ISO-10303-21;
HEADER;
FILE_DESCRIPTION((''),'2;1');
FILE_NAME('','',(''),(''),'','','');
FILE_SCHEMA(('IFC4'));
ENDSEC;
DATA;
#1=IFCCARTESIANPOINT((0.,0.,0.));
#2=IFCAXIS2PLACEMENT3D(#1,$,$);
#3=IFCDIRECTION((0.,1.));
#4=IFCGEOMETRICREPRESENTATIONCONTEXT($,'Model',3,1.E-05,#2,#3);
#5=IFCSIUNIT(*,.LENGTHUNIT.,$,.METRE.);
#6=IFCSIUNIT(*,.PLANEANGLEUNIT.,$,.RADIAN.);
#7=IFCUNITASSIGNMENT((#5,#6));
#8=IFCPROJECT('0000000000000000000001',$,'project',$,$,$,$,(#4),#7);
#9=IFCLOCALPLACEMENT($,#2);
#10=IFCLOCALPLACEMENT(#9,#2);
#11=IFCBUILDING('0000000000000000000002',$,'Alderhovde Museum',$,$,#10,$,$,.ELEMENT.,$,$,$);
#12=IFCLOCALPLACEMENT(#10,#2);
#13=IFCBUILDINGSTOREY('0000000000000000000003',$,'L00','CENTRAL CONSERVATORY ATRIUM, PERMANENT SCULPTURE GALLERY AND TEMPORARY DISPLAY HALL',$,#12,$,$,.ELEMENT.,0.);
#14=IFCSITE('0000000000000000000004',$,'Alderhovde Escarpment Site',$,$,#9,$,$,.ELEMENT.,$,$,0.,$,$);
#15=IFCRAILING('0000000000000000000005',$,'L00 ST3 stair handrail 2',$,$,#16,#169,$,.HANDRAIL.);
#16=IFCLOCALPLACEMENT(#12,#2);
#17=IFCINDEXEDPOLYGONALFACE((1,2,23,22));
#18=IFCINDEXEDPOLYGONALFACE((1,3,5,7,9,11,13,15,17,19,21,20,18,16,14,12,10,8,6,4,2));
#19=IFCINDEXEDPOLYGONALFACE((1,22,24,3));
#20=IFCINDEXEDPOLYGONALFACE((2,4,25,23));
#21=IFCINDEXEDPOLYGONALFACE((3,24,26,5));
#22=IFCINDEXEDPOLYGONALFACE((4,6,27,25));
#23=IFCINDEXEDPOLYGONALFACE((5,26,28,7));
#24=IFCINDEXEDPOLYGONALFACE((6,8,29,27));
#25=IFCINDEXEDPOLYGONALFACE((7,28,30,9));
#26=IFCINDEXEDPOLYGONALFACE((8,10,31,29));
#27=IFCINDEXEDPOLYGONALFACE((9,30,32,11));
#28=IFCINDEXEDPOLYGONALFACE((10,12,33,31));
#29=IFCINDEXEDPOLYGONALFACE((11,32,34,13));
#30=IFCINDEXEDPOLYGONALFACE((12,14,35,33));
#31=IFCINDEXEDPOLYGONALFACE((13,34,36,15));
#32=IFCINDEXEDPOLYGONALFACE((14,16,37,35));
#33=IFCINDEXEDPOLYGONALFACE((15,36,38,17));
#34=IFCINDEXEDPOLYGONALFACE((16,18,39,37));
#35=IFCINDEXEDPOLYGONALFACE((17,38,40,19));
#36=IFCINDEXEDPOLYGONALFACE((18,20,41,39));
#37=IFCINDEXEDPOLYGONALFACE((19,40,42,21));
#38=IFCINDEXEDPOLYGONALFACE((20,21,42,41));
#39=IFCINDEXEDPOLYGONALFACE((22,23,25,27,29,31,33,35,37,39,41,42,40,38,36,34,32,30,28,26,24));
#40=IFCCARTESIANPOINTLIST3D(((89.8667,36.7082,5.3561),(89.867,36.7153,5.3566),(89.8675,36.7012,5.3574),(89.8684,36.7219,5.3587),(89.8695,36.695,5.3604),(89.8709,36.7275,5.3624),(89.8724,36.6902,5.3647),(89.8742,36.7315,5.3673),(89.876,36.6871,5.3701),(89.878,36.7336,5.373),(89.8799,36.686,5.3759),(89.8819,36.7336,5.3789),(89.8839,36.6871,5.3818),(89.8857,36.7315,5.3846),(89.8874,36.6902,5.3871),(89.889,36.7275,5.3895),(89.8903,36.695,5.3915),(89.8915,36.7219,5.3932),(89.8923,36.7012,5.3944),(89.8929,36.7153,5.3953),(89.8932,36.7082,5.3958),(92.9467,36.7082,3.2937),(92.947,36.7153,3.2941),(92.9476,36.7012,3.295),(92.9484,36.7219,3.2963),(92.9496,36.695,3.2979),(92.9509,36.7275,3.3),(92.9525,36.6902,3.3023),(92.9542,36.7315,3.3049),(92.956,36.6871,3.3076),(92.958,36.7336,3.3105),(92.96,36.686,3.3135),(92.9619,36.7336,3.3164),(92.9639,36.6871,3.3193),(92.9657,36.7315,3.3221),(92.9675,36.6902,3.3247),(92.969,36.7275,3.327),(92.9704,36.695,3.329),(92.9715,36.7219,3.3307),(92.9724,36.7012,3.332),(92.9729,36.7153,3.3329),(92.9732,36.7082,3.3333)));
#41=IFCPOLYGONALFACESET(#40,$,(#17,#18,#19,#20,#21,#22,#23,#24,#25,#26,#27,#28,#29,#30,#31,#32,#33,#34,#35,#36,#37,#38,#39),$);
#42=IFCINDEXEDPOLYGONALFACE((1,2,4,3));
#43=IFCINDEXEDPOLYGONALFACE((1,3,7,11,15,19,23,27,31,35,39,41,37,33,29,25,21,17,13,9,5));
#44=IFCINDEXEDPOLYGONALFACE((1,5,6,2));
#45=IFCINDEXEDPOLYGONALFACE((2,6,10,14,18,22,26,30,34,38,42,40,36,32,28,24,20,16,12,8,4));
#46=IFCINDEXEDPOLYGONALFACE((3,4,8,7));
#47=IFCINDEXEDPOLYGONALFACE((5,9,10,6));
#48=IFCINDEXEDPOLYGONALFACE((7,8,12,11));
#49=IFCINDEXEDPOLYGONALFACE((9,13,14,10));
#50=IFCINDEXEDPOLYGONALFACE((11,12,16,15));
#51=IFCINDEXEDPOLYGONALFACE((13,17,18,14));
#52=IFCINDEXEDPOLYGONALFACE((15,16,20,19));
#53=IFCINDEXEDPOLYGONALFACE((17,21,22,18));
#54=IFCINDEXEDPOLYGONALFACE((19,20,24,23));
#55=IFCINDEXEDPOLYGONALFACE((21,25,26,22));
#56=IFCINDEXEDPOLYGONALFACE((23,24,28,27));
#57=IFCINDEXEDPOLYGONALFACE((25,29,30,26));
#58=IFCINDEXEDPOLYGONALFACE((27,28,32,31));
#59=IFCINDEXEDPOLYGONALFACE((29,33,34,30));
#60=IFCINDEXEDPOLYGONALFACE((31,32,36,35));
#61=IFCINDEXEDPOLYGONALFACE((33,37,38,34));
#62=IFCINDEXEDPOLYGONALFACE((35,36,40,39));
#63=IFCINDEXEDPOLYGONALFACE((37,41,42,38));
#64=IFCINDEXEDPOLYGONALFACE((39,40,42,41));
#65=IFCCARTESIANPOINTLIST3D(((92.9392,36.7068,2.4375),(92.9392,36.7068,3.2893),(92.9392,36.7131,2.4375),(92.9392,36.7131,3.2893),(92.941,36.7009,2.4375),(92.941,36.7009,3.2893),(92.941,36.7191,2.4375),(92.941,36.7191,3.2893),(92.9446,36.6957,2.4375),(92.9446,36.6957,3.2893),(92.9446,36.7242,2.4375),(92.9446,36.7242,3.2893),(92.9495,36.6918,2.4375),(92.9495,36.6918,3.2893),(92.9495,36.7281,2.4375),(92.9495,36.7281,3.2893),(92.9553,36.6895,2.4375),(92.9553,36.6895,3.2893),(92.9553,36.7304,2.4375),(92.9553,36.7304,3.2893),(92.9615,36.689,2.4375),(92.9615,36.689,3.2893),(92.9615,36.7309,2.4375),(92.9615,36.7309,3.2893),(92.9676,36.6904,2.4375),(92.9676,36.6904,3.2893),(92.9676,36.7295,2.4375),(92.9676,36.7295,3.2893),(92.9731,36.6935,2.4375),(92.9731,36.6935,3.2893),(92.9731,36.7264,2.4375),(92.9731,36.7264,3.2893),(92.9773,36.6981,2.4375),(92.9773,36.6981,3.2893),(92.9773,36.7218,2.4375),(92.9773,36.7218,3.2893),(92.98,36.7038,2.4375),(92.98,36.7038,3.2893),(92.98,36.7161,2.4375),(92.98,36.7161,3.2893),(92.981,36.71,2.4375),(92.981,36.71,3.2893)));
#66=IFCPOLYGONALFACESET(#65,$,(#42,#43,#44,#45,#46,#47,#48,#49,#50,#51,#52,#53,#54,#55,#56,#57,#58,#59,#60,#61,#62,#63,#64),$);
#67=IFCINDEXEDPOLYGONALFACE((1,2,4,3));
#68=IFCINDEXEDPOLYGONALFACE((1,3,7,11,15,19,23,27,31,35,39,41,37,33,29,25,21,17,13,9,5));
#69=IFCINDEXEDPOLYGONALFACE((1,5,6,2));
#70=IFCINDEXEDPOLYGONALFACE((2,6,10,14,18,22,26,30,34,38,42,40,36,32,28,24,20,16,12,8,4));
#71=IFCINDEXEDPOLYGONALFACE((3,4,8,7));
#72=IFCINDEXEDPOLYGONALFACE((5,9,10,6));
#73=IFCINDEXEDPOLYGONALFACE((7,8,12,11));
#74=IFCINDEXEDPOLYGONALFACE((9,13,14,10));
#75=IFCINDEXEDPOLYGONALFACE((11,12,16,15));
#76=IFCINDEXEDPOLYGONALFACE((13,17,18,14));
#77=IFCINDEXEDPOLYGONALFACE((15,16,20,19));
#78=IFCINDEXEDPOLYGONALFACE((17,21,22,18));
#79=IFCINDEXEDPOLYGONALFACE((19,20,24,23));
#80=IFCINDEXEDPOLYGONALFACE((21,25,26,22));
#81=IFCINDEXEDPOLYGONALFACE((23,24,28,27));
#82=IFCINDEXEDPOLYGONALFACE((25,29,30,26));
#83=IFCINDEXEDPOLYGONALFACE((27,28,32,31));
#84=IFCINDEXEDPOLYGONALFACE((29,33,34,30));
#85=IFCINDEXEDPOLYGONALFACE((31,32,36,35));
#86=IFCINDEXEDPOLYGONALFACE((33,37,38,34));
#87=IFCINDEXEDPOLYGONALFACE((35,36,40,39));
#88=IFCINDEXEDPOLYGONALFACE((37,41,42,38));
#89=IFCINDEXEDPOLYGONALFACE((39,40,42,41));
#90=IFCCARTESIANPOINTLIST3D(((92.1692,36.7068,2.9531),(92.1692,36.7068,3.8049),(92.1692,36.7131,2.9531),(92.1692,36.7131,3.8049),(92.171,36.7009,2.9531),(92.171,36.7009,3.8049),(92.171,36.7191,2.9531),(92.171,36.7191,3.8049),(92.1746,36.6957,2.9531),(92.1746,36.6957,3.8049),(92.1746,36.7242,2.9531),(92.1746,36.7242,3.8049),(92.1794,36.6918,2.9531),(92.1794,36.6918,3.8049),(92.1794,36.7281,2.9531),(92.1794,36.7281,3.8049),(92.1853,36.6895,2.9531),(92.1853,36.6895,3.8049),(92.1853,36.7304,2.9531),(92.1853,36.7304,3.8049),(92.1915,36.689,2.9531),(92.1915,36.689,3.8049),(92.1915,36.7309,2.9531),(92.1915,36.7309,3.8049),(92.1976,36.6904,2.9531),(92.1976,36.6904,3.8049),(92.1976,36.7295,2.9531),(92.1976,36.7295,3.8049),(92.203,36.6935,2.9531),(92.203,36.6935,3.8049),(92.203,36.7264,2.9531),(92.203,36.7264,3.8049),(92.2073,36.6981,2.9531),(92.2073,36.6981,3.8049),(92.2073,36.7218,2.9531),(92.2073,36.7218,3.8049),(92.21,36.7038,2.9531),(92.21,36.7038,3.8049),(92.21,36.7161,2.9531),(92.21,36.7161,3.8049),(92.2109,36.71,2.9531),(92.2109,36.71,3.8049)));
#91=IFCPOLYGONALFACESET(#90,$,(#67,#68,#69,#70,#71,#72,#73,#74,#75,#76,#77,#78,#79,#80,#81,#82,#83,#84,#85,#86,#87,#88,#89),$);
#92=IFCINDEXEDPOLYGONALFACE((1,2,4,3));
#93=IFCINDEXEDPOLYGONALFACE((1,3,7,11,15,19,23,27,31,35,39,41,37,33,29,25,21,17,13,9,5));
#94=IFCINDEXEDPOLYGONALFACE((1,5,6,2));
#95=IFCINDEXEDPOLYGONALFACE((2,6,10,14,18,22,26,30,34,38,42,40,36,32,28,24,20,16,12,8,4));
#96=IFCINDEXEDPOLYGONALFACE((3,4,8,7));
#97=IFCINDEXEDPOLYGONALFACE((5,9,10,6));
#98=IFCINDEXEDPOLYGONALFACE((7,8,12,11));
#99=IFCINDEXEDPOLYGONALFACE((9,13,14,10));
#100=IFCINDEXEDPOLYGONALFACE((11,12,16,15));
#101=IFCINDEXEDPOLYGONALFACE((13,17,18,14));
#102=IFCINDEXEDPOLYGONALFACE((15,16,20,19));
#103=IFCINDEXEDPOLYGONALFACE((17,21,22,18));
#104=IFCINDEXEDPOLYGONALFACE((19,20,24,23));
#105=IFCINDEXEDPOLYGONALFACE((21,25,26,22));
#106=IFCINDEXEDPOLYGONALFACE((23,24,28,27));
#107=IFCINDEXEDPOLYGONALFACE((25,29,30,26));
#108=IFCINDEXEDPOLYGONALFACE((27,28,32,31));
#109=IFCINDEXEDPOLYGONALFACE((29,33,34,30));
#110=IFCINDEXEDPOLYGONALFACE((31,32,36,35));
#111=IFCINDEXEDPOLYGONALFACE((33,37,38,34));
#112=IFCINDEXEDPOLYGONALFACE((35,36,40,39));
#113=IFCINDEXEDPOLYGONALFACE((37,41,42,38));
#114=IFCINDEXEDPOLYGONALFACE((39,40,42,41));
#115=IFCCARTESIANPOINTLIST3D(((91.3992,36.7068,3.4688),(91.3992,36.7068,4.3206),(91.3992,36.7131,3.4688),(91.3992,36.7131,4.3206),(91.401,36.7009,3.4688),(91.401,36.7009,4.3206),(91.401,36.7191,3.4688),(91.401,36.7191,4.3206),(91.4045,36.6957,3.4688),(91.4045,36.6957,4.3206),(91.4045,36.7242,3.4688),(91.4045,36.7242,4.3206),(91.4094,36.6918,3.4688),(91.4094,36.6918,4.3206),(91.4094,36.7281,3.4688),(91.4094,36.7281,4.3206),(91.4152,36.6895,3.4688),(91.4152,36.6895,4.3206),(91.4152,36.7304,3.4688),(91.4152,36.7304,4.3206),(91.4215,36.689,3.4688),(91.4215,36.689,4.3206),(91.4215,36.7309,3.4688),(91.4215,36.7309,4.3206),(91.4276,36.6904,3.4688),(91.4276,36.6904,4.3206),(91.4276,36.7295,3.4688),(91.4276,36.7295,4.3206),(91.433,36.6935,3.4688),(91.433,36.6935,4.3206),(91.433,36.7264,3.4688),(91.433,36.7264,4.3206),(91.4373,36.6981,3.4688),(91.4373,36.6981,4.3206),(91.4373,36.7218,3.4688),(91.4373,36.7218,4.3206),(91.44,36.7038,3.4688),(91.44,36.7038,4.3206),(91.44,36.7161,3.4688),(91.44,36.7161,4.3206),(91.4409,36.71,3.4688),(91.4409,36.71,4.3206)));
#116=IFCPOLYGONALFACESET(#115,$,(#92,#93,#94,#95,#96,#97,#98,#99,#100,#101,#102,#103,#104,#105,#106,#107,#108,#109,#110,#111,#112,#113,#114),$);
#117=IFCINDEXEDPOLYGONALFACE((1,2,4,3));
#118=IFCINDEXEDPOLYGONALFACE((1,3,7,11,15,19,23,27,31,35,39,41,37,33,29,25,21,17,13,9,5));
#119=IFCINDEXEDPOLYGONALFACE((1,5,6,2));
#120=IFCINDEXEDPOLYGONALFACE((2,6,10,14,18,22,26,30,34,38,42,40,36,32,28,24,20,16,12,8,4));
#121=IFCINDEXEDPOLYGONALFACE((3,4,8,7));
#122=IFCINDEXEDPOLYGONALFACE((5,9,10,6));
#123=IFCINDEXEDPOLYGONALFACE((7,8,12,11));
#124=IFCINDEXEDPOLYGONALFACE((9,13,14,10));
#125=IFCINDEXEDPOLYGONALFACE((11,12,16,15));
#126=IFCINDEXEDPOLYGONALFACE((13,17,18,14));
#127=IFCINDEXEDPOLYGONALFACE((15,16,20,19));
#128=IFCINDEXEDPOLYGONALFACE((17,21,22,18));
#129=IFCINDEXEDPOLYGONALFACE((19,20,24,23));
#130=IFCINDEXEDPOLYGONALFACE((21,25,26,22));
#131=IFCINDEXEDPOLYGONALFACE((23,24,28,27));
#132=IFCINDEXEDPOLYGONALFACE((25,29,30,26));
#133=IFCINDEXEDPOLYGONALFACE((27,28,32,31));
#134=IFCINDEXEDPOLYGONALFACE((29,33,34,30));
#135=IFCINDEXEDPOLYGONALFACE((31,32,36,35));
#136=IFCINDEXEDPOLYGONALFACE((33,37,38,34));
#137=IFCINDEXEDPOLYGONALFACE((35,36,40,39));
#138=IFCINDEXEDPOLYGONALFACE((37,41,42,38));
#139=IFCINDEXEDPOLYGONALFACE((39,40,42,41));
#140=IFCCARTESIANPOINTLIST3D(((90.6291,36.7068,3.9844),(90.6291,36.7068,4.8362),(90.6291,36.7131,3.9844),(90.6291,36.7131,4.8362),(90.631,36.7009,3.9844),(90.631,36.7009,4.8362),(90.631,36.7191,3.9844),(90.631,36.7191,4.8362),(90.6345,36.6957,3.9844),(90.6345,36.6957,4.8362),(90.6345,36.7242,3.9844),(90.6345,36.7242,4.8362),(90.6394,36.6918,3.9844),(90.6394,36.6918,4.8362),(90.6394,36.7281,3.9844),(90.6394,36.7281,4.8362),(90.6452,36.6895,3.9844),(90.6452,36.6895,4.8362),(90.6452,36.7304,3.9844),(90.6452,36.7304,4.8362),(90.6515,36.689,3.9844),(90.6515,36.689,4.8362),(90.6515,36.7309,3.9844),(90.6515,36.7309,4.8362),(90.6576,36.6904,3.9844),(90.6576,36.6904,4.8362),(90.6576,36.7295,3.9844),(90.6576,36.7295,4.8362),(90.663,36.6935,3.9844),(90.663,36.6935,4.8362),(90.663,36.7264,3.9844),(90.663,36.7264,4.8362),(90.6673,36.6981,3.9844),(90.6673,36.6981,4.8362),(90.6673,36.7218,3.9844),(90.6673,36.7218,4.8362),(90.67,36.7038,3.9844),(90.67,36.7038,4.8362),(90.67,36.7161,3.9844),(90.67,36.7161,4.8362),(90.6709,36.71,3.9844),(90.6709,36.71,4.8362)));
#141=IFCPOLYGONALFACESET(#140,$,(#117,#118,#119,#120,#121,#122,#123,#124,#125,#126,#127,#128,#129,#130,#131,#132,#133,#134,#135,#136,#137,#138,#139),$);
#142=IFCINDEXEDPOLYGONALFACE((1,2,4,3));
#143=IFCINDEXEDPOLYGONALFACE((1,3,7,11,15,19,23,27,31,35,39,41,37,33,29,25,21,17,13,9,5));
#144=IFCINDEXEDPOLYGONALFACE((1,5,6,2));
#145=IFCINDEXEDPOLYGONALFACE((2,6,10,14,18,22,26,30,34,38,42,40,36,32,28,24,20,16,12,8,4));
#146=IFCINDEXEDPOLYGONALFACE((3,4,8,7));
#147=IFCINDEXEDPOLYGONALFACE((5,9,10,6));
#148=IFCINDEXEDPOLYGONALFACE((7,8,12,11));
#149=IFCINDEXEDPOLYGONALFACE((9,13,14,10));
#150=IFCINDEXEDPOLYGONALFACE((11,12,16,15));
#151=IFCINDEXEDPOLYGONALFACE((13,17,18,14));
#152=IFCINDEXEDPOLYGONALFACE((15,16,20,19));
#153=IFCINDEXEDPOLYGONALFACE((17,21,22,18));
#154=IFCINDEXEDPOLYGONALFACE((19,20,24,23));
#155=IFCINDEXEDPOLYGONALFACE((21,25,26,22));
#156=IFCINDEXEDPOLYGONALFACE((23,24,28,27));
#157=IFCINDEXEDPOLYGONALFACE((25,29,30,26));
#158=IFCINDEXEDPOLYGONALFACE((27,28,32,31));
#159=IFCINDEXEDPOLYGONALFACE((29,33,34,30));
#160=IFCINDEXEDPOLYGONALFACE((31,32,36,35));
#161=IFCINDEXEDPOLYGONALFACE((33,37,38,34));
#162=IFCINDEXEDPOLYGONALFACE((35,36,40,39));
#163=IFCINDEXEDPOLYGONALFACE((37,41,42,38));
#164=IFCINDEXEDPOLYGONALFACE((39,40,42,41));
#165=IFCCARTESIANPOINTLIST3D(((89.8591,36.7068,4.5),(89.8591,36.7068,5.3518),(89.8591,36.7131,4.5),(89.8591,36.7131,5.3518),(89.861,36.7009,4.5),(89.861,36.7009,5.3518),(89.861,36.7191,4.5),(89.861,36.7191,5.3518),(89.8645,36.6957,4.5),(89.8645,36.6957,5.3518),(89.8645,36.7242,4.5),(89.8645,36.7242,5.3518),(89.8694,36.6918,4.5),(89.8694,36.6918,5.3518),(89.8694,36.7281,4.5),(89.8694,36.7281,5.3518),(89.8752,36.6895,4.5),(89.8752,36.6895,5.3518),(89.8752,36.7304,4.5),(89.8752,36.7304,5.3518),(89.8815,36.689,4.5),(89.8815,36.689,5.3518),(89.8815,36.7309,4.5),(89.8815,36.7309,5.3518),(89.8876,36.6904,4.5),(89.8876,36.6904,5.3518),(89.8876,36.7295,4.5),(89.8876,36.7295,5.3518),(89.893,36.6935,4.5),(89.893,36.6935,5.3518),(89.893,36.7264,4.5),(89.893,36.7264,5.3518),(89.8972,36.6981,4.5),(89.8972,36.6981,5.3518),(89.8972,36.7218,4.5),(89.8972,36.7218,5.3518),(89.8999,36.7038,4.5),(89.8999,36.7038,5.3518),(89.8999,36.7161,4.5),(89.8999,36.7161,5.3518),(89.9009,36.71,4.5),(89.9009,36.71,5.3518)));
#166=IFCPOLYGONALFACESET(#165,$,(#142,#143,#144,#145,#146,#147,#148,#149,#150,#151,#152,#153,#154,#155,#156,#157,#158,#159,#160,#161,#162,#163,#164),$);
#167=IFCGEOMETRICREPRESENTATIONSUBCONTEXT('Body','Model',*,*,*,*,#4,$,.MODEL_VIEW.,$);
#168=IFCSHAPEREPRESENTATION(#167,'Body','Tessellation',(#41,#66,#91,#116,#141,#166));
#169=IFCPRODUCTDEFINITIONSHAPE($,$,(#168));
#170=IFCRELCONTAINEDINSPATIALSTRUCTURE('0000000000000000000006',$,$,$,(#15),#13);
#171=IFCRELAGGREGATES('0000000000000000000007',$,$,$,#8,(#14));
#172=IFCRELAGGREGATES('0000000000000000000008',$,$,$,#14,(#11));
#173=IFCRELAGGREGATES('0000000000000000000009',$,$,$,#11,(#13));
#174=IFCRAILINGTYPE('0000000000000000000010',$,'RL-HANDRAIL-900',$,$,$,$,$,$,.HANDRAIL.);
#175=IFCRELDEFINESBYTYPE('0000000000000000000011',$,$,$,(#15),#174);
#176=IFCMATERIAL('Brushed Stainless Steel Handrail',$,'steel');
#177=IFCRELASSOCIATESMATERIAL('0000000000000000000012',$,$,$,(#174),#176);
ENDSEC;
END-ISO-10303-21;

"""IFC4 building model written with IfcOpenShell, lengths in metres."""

from ifc_helpers import new_model, si_unit, direction, frame, origin, origin_2d, place, context, subcontext, project, spatial, circle, extrude, material, type_object, element, save


model = new_model("IFC4")

# Units and contexts
model_context = context("Model", 3, precision=1e-05, world=origin(), true_north=direction((0.0, 1.0)))
body_context = subcontext(model_context, "Body", "Model", "MODEL_VIEW")
ifc_project = project(units=[si_unit("LENGTHUNIT", "METRE"), si_unit("PLANEANGLEUNIT", "RADIAN")], contexts=[model_context])

# Site, building, storey
site_placement = place(None, origin())
site = spatial("IfcSite", under=ifc_project, at=site_placement, Name="Alderhovde Escarpment Site", CompositionType="ELEMENT", RefElevation=0.0)
building_placement = place(site_placement, origin())
building = spatial("IfcBuilding", under=site, at=building_placement, Name="Alderhovde Museum", CompositionType="ELEMENT")
storey_placement = place(building_placement, origin())
storey = spatial("IfcBuildingStorey", under=building, at=storey_placement, Name="L00", Description="CENTRAL CONSERVATORY ATRIUM, PERMANENT SCULPTURE GALLERY AND TEMPORARY DISPLAY HALL", CompositionType="ELEMENT", Elevation=0.0)

# Railing
ifc_material_1 = material(Name="Brushed Stainless Steel Handrail", Category="steel")
railing_type_1 = type_object("IfcRailingType", Name="RL-HANDRAIL-900", PredefinedType="HANDRAIL", material=ifc_material_1)
railing_1_placement = place(storey_placement, frame((92.96, 36.71, 2.4375)))
element("IfcRailing", 1, at=railing_1_placement, inside=storey, type_object=railing_type_1, Name="L00 ST3 stair handrail 2", PredefinedType="HANDRAIL", context=body_context, shape_type="SweptSolid", body=[
    extrude(circle(Radius=0.0239, at=origin_2d()), frame((0.0, 0.0, 0.876), z_axis=(-0.830914, 0.0, 0.556401), x_axis=(0.0, -1.0, 0.0)), (0.0, 0.0, 1.0), 3.7068),
    extrude(circle(Radius=0.021, at=origin_2d()), origin(), (0.0, 0.0, 1.0), 0.8518),
    extrude(circle(Radius=0.021, at=origin_2d()), frame((-0.77, 0.0, 0.5156)), (0.0, 0.0, 1.0), 0.8518),
    extrude(circle(Radius=0.021, at=origin_2d()), frame((-1.54, 0.0, 1.0312)), (0.0, 0.0, 1.0), 0.8518),
    extrude(circle(Radius=0.021, at=origin_2d()), frame((-2.3101, 0.0, 1.5469)), (0.0, 0.0, 1.0), 0.8518),
    extrude(circle(Radius=0.021, at=origin_2d()), frame((-3.0801, 0.0, 2.0625)), (0.0, 0.0, 1.0), 0.8518),
])

save(model, "model.ifc")
